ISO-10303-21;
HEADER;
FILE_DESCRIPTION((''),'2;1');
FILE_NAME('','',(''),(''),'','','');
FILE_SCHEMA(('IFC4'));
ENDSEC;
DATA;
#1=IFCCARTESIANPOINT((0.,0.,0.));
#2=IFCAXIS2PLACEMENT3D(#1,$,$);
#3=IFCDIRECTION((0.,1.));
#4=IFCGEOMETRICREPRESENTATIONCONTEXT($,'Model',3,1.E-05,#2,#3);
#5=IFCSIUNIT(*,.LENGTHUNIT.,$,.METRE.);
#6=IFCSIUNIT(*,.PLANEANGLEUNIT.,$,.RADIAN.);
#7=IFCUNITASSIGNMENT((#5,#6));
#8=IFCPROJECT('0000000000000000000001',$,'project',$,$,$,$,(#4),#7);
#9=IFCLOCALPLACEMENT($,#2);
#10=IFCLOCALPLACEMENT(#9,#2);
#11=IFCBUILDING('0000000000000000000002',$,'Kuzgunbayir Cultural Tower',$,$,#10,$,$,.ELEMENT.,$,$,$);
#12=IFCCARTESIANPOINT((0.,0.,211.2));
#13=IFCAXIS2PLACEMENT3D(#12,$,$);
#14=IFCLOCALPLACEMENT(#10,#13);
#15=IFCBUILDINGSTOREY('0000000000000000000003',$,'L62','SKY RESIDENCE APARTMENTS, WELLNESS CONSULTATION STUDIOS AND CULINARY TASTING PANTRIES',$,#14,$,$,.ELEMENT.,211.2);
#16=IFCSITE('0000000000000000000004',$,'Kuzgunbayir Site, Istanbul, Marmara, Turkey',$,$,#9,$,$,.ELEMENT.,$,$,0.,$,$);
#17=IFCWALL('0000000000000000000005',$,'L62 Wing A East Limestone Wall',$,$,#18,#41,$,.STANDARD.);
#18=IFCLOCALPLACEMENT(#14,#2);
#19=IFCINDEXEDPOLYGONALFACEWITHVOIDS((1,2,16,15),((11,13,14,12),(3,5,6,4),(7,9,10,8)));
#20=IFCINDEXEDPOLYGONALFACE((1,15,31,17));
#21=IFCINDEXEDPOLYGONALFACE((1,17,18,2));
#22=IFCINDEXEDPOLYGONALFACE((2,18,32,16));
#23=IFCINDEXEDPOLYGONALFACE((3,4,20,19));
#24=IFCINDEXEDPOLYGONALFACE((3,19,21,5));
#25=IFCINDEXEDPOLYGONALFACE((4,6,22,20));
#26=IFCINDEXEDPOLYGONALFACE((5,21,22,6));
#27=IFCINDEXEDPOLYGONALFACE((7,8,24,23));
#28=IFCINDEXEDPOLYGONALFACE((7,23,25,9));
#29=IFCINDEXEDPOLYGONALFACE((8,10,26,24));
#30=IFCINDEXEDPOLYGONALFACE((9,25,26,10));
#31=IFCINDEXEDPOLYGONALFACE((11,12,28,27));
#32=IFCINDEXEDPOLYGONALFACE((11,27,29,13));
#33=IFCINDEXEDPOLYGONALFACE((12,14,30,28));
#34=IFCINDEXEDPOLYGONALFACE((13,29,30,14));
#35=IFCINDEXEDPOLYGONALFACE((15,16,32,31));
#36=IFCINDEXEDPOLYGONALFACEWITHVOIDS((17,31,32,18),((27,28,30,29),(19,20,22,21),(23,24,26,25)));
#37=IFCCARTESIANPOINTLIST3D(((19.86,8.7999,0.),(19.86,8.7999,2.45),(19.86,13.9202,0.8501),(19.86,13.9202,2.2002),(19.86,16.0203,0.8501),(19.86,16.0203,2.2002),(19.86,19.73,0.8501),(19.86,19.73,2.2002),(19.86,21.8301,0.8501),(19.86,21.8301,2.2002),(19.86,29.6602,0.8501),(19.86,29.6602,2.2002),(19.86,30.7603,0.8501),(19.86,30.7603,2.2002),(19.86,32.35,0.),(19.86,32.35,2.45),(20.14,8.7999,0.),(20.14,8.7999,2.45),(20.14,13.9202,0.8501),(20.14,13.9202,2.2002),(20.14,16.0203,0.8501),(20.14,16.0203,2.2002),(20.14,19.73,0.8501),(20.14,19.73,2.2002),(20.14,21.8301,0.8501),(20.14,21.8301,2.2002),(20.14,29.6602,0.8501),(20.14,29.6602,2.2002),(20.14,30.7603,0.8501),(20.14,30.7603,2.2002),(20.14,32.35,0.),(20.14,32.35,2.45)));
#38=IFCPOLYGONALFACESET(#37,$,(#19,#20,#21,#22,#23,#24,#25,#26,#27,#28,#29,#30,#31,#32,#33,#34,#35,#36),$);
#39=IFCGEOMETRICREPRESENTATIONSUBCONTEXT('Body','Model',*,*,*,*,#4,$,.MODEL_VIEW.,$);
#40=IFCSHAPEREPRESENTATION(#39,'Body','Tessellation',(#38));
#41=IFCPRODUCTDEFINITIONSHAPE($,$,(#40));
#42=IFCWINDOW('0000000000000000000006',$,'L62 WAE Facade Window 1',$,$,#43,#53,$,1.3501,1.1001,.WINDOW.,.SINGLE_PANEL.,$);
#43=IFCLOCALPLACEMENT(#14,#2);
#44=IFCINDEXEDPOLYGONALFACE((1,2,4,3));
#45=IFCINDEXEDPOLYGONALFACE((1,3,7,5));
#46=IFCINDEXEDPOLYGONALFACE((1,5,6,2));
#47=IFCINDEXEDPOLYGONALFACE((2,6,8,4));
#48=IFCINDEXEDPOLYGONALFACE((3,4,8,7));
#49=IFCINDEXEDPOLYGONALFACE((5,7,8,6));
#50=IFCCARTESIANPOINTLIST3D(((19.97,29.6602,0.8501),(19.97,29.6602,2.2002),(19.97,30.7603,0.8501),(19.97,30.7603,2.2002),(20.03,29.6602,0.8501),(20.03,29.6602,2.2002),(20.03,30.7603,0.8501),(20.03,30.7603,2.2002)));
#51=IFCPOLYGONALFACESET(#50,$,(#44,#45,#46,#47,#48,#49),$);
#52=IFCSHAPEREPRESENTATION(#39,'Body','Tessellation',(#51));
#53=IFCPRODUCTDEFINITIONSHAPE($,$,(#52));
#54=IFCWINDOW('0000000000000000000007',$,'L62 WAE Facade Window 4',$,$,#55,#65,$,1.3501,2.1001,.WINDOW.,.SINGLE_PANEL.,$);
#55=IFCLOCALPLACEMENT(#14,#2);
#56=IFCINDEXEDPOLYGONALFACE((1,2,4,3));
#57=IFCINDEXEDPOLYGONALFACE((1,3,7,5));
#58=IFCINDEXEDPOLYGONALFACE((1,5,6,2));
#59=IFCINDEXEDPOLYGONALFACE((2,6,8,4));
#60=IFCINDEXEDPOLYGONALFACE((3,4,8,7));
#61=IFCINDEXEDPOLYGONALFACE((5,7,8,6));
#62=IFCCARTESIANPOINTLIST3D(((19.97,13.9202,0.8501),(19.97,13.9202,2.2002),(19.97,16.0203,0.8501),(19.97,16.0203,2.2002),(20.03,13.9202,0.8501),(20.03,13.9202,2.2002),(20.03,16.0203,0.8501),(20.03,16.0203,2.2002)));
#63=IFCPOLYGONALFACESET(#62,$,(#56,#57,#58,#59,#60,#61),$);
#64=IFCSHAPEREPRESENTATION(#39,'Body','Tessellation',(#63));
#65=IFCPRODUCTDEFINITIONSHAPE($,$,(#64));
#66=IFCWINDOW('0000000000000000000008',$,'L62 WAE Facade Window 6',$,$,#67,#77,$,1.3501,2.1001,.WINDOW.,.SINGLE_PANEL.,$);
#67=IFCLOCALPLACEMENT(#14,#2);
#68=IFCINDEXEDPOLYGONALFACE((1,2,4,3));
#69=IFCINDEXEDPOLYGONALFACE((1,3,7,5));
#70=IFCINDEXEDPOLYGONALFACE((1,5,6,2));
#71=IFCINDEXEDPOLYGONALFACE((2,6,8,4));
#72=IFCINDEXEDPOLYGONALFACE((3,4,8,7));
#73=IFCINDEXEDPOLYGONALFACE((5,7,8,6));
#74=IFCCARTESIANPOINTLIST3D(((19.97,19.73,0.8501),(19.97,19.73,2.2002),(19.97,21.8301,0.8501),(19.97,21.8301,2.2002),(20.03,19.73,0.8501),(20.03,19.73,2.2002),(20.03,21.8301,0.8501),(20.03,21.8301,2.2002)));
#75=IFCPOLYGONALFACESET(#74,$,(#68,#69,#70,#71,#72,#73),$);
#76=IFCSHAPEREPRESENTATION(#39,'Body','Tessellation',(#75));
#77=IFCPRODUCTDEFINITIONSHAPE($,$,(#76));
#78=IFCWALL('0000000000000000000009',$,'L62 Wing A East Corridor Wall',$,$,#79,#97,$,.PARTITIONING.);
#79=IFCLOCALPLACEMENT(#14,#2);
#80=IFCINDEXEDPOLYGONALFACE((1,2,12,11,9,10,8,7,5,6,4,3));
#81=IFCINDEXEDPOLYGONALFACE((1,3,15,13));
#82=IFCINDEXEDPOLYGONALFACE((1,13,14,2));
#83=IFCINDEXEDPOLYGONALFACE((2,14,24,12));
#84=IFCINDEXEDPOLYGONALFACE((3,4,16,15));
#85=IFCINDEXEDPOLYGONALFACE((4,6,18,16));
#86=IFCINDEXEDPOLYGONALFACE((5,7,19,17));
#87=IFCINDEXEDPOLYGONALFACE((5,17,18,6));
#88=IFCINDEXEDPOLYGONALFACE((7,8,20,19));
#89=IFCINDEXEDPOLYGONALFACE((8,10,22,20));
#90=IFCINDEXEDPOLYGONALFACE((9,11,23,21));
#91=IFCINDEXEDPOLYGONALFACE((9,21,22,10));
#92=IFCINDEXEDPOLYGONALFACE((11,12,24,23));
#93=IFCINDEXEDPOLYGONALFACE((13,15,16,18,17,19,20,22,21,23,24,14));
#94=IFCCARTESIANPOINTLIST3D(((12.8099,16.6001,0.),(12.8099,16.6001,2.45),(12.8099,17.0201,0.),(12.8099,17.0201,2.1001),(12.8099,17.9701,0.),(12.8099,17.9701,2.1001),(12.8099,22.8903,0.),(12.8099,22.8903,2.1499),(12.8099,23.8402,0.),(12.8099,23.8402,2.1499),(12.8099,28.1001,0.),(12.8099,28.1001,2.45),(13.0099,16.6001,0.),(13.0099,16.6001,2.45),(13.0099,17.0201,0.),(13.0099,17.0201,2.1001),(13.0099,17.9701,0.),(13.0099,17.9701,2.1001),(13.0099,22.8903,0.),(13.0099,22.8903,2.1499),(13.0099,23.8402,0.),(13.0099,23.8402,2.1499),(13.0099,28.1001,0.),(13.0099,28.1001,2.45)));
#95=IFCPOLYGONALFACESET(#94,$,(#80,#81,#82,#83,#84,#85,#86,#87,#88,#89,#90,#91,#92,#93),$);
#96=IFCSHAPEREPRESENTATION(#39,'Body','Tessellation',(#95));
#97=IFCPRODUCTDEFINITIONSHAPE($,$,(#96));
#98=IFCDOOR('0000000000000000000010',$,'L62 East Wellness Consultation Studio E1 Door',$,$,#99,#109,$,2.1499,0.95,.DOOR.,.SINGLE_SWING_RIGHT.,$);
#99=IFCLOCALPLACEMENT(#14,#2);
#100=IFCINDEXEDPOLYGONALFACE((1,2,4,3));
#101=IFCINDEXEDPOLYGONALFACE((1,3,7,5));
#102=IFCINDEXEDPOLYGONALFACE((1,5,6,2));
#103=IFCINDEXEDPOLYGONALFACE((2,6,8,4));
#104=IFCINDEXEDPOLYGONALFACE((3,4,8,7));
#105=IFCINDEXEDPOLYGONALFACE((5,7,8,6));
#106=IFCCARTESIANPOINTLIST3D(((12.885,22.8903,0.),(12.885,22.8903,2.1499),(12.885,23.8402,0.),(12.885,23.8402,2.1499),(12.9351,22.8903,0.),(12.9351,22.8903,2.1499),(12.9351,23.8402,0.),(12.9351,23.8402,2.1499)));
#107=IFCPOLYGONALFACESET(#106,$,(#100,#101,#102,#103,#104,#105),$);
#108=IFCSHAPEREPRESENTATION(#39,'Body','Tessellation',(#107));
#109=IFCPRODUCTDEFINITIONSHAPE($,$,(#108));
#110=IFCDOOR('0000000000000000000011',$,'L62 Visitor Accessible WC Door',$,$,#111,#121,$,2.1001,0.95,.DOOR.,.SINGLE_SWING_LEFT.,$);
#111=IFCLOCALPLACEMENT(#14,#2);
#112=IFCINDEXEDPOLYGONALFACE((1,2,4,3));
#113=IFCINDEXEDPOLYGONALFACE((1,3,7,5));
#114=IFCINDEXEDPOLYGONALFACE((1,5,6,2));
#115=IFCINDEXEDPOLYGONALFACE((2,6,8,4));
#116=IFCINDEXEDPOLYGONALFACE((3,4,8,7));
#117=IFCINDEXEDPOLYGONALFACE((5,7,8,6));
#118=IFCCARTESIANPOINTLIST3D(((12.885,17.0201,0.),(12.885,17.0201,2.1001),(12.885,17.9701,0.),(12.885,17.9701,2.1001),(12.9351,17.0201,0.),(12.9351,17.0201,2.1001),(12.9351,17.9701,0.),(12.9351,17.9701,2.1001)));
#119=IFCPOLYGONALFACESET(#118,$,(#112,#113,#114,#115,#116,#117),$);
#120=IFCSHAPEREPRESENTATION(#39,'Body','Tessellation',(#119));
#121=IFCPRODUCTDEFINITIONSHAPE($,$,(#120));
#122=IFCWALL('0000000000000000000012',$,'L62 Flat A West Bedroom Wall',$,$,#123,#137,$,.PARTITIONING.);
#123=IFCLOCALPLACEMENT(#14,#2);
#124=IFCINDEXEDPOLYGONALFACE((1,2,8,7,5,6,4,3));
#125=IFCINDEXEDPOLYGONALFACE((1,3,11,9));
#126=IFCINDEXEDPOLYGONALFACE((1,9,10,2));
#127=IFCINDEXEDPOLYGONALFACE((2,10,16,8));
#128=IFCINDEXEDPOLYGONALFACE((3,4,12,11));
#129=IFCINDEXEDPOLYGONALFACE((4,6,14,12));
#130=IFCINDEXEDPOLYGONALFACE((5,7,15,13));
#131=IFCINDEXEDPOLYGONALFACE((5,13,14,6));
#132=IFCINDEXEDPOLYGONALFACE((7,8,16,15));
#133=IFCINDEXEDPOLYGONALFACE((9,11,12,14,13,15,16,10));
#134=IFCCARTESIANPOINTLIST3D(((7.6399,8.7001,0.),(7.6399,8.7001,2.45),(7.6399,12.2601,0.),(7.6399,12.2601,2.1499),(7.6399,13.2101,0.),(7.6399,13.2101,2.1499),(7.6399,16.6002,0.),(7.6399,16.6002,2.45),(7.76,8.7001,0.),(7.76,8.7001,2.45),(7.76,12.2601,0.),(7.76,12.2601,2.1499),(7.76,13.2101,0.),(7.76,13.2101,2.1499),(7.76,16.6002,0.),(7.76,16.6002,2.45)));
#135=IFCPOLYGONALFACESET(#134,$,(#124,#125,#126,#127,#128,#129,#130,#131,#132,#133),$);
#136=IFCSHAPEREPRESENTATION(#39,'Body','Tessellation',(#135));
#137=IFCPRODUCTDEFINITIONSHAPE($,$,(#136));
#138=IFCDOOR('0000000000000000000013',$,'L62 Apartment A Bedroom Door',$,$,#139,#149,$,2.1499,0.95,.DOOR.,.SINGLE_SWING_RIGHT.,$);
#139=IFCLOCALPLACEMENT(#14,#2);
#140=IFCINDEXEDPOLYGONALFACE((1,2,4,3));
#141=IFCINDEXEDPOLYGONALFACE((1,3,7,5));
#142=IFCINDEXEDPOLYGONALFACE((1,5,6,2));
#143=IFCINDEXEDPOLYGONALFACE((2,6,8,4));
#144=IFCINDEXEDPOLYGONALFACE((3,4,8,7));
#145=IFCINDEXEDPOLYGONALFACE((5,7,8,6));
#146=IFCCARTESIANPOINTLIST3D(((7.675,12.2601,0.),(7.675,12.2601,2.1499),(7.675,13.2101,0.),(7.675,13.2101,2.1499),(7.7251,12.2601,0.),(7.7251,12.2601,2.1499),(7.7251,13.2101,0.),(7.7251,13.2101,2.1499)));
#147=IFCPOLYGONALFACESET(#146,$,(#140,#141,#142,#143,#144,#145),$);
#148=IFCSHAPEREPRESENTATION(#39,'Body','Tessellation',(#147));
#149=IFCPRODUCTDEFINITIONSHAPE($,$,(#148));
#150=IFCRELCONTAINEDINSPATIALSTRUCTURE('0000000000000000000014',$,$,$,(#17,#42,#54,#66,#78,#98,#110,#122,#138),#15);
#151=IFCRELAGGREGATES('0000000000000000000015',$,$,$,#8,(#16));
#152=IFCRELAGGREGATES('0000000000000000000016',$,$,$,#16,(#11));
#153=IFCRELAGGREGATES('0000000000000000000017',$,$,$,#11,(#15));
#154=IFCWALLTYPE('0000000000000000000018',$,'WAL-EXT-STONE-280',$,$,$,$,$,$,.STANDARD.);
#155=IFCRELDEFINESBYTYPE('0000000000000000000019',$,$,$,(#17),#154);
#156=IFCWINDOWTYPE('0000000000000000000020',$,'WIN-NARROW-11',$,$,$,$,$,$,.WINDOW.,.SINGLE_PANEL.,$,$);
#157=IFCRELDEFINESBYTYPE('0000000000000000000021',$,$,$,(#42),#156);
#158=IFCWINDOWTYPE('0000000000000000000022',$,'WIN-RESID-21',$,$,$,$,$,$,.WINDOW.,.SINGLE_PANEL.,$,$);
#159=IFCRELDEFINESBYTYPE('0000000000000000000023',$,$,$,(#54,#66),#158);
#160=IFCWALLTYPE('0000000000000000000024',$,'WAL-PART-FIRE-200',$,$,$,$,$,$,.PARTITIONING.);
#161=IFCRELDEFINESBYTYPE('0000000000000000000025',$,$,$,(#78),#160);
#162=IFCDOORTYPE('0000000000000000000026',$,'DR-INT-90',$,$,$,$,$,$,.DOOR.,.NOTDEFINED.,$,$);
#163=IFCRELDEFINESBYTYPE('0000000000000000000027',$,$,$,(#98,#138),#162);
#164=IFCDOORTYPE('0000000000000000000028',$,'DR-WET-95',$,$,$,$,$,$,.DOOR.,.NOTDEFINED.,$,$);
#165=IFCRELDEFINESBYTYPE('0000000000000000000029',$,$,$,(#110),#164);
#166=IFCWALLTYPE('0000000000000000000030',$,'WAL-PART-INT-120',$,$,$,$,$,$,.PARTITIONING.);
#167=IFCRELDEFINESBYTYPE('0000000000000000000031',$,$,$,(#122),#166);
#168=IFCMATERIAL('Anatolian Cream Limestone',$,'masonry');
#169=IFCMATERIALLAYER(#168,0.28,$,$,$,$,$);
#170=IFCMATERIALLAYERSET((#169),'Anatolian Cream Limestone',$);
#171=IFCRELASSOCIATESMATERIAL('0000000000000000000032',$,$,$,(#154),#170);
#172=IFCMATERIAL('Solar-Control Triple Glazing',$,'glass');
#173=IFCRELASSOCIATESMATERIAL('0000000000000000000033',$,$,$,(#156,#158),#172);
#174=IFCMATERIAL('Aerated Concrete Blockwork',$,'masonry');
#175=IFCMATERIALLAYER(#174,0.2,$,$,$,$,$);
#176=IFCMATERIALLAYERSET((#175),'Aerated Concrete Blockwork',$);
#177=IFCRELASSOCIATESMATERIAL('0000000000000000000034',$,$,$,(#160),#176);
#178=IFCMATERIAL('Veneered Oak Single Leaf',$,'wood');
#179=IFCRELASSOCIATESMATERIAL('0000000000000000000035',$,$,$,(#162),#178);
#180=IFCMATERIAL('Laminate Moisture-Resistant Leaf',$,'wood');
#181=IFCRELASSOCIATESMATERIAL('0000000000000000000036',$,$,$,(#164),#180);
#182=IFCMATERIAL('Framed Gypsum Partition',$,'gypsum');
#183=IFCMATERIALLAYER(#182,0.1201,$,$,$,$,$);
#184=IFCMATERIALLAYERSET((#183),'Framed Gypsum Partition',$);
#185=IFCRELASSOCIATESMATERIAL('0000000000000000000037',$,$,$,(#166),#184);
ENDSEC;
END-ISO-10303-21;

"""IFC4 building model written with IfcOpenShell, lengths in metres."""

from ifc_helpers import new_model, si_unit, direction, frame, frame_2d, origin, place, context, subcontext, project, spatial, rectangle, extrude, material, layer, layer_set, type_object, element, fill, save


model = new_model("IFC4")

# Units and contexts
model_context = context("Model", 3, precision=1e-05, world=origin(), true_north=direction((0.0, 1.0)))
body_context = subcontext(model_context, "Body", "Model", "MODEL_VIEW")
ifc_project = project(units=[si_unit("LENGTHUNIT", "METRE"), si_unit("PLANEANGLEUNIT", "RADIAN")], contexts=[model_context])

# Site, building, storey
site_placement = place(None, origin())
site = spatial("IfcSite", under=ifc_project, at=site_placement, Name="Kuzgunbayir Site, Istanbul, Marmara, Turkey", CompositionType="ELEMENT", RefElevation=0.0)
building_placement = place(site_placement, origin())
building = spatial("IfcBuilding", under=site, at=building_placement, Name="Kuzgunbayir Cultural Tower", CompositionType="ELEMENT")
storey_placement = place(building_placement, frame((0.0, 0.0, 211.2)))
storey = spatial("IfcBuildingStorey", under=building, at=storey_placement, Name="L62", Description="SKY RESIDENCE APARTMENTS, WELLNESS CONSULTATION STUDIOS AND CULINARY TASTING PANTRIES", CompositionType="ELEMENT", Elevation=211.2)

# Wall, openings, windows
ifc_material_1 = material(Name="Anatolian Cream Limestone", Category="masonry")
ifc_layer_1 = layer(ifc_material_1, 0.28)
ifc_layer_set_1 = layer_set([ifc_layer_1], Name="Anatolian Cream Limestone")
wall_type_1 = type_object("IfcWallType", Name="WAL-EXT-STONE-280", PredefinedType="STANDARD", material=ifc_layer_set_1)
wall_1_placement = place(storey_placement, frame((20.0, 8.8, 0.0), z_axis=(0.0, 0.0, 1.0), x_axis=(0.0, 1.0, 0.0)))
wall_1 = element("IfcWall", 1, at=wall_1_placement, inside=storey, type_object=wall_type_1, Name="L62 Wing A East Limestone Wall", PredefinedType="STANDARD", context=body_context, shape_type="SweptSolid", body=[
    extrude(rectangle(XDim=23.55, YDim=0.28, at=frame_2d((11.7749, 0.0))), origin(), (0.0, 0.0, 1.0), 2.45),
])
opening_1_placement = place(wall_1_placement, frame((20.8601, 0.0, 0.8501)))
opening_1 = element("IfcOpeningElement", 2, at=opening_1_placement, cuts=wall_1, PredefinedType="OPENING", context=body_context, shape_type="SweptSolid", body=[
    extrude(rectangle(XDim=1.1001, YDim=1.3501, at=frame_2d((0.55, 0.675))), frame((0.0, 0.1499, 0.0), z_axis=(0.0, -1.0, 0.0), x_axis=(1.0, 0.0, 0.0)), (0.0, 0.0, 1.0), 0.3),
])
opening_2_placement = place(wall_1_placement, frame((5.1201, 0.0, 0.8501)))
opening_2 = element("IfcOpeningElement", 3, at=opening_2_placement, cuts=wall_1, PredefinedType="OPENING", context=body_context, shape_type="SweptSolid", body=[
    extrude(rectangle(XDim=2.1001, YDim=1.3501, at=frame_2d((1.05, 0.675))), frame((0.0, 0.1499, 0.0), z_axis=(0.0, -1.0, 0.0), x_axis=(1.0, 0.0, 0.0)), (0.0, 0.0, 1.0), 0.3),
])
opening_3_placement = place(wall_1_placement, frame((10.9299, 0.0, 0.8501)))
opening_3 = element("IfcOpeningElement", 4, at=opening_3_placement, cuts=wall_1, PredefinedType="OPENING", context=body_context, shape_type="SweptSolid", body=[
    extrude(rectangle(XDim=2.1001, YDim=1.3501, at=frame_2d((1.05, 0.675))), frame((0.0, 0.1499, 0.0), z_axis=(0.0, -1.0, 0.0), x_axis=(1.0, 0.0, 0.0)), (0.0, 0.0, 1.0), 0.3),
])
ifc_material_2 = material(Name="Solar-Control Triple Glazing", Category="glass")
window_type_1 = type_object("IfcWindowType", Name="WIN-NARROW-11", PartitioningType="SINGLE_PANEL", PredefinedType="WINDOW", material=ifc_material_2)
window_1_placement = place(opening_1_placement, origin())
window_1 = element("IfcWindow", 5, at=window_1_placement, inside=storey, type_object=window_type_1, Name="L62 WAE Facade Window 1", OverallHeight=1.3501, OverallWidth=1.1001, PartitioningType="SINGLE_PANEL", PredefinedType="WINDOW", context=body_context, shape_type="SweptSolid", body=[
    extrude(rectangle(XDim=1.1001, YDim=1.3501, at=frame_2d((0.55, 0.675))), frame((0.0, 0.03, 0.0), z_axis=(0.0, -1.0, 0.0), x_axis=(1.0, 0.0, 0.0)), (0.0, 0.0, 1.0), 0.0601),
])
fill(opening_1, window_1)
window_type_2 = type_object("IfcWindowType", Name="WIN-RESID-21", PartitioningType="SINGLE_PANEL", PredefinedType="WINDOW", material=ifc_material_2)
window_2_placement = place(opening_2_placement, origin())
window_2 = element("IfcWindow", 6, at=window_2_placement, inside=storey, type_object=window_type_2, Name="L62 WAE Facade Window 4", OverallHeight=1.3501, OverallWidth=2.1001, PartitioningType="SINGLE_PANEL", PredefinedType="WINDOW", context=body_context, shape_type="SweptSolid", body=[
    extrude(rectangle(XDim=2.1001, YDim=1.3501, at=frame_2d((1.05, 0.675))), frame((0.0, 0.03, 0.0), z_axis=(0.0, -1.0, 0.0), x_axis=(1.0, 0.0, 0.0)), (0.0, 0.0, 1.0), 0.0601),
])
fill(opening_2, window_2)
window_3_placement = place(opening_3_placement, origin())
window_3 = element("IfcWindow", 7, at=window_3_placement, inside=storey, type_object=window_type_2, Name="L62 WAE Facade Window 6", OverallHeight=1.3501, OverallWidth=2.1001, PartitioningType="SINGLE_PANEL", PredefinedType="WINDOW", context=body_context, shape_type="SweptSolid", body=[
    extrude(rectangle(XDim=2.1001, YDim=1.3501, at=frame_2d((1.05, 0.675))), frame((0.0, 0.03, 0.0), z_axis=(0.0, -1.0, 0.0), x_axis=(1.0, 0.0, 0.0)), (0.0, 0.0, 1.0), 0.0601),
])
fill(opening_3, window_3)

# Wall, openings, doors
ifc_material_3 = material(Name="Aerated Concrete Blockwork", Category="masonry")
ifc_layer_2 = layer(ifc_material_3, 0.2)
ifc_layer_set_2 = layer_set([ifc_layer_2], Name="Aerated Concrete Blockwork")
wall_type_2 = type_object("IfcWallType", Name="WAL-PART-FIRE-200", PredefinedType="PARTITIONING", material=ifc_layer_set_2)
ifc_material_4 = material(Name="Veneered Oak Single Leaf", Category="wood")
door_type_1 = type_object("IfcDoorType", Name="DR-INT-90", OperationType="NOTDEFINED", PredefinedType="DOOR", material=ifc_material_4)
wall_2_placement = place(storey_placement, frame((12.9099, 16.6001, 0.0), z_axis=(0.0, 0.0, 1.0), x_axis=(0.0, 1.0, 0.0)))
wall_2 = element("IfcWall", 8, at=wall_2_placement, inside=storey, type_object=wall_type_2, Name="L62 Wing A East Corridor Wall", PredefinedType="PARTITIONING", context=body_context, shape_type="SweptSolid", body=[
    extrude(rectangle(XDim=11.5, YDim=0.2, at=frame_2d((5.75, 0.0))), origin(), (0.0, 0.0, 1.0), 2.45),
])
opening_4_placement = place(wall_2_placement, frame((0.4199, 0.0, 0.0)))
opening_4 = element("IfcOpeningElement", 9, at=opening_4_placement, cuts=wall_2, PredefinedType="OPENING", context=body_context, shape_type="SweptSolid", body=[
    extrude(rectangle(XDim=0.95, YDim=2.1001, at=frame_2d((0.4751, 1.05))), frame((0.0, 0.1099, 0.0), z_axis=(0.0, -1.0, 0.0), x_axis=(1.0, 0.0, 0.0)), (0.0, 0.0, 1.0), 0.22),
])
opening_5_placement = place(wall_2_placement, frame((6.29, 0.0, 0.0)))
opening_5 = element("IfcOpeningElement", 10, at=opening_5_placement, cuts=wall_2, PredefinedType="OPENING", context=body_context, shape_type="SweptSolid", body=[
    extrude(rectangle(XDim=0.95, YDim=2.1499, at=frame_2d((0.4751, 1.075))), frame((0.0, 0.1099, 0.0), z_axis=(0.0, -1.0, 0.0), x_axis=(1.0, 0.0, 0.0)), (0.0, 0.0, 1.0), 0.22),
])
door_1_placement = place(opening_5_placement, origin())
door_1 = element("IfcDoor", 11, at=door_1_placement, inside=storey, type_object=door_type_1, Name="L62 East Wellness Consultation Studio E1 Door", OperationType="SINGLE_SWING_RIGHT", OverallHeight=2.1499, OverallWidth=0.95, PredefinedType="DOOR", context=body_context, shape_type="SweptSolid", body=[
    extrude(rectangle(XDim=0.95, YDim=2.1499, at=frame_2d((0.4751, 1.075))), frame((0.0, 0.0249, 0.0), z_axis=(0.0, -1.0, 0.0), x_axis=(1.0, 0.0, 0.0)), (0.0, 0.0, 1.0), 0.05),
])
fill(opening_5, door_1)
ifc_material_5 = material(Name="Laminate Moisture-Resistant Leaf", Category="wood")
door_type_2 = type_object("IfcDoorType", Name="DR-WET-95", OperationType="NOTDEFINED", PredefinedType="DOOR", material=ifc_material_5)
door_2_placement = place(opening_4_placement, origin())
door_2 = element("IfcDoor", 12, at=door_2_placement, inside=storey, type_object=door_type_2, Name="L62 Visitor Accessible WC Door", OperationType="SINGLE_SWING_LEFT", OverallHeight=2.1001, OverallWidth=0.95, PredefinedType="DOOR", context=body_context, shape_type="SweptSolid", body=[
    extrude(rectangle(XDim=0.95, YDim=2.1001, at=frame_2d((0.4751, 1.05))), frame((0.0, 0.0249, 0.0), z_axis=(0.0, -1.0, 0.0), x_axis=(1.0, 0.0, 0.0)), (0.0, 0.0, 1.0), 0.05),
])
fill(opening_4, door_2)

# Wall, opening, door
ifc_material_6 = material(Name="Framed Gypsum Partition", Category="gypsum")
ifc_layer_3 = layer(ifc_material_6, 0.1201)
ifc_layer_set_3 = layer_set([ifc_layer_3], Name="Framed Gypsum Partition")
wall_type_3 = type_object("IfcWallType", Name="WAL-PART-INT-120", PredefinedType="PARTITIONING", material=ifc_layer_set_3)
wall_3_placement = place(storey_placement, frame((7.7, 8.7, 0.0), z_axis=(0.0, 0.0, 1.0), x_axis=(0.0, 1.0, 0.0)))
wall_3 = element("IfcWall", 13, at=wall_3_placement, inside=storey, type_object=wall_type_3, Name="L62 Flat A West Bedroom Wall", PredefinedType="PARTITIONING", context=body_context, shape_type="SweptSolid", body=[
    extrude(rectangle(XDim=7.9001, YDim=0.1201, at=frame_2d((3.9502, 0.0))), origin(), (0.0, 0.0, 1.0), 2.45),
])
opening_6_placement = place(wall_3_placement, frame((3.5601, 0.0, 0.0)))
opening_6 = element("IfcOpeningElement", 14, at=opening_6_placement, cuts=wall_3, PredefinedType="OPENING", context=body_context, shape_type="SweptSolid", body=[
    extrude(rectangle(XDim=0.95, YDim=2.1499, at=frame_2d((0.4751, 1.075))), frame((0.0, 0.0701, 0.0), z_axis=(0.0, -1.0, 0.0), x_axis=(1.0, 0.0, 0.0)), (0.0, 0.0, 1.0), 0.1401),
])
door_3_placement = place(opening_6_placement, origin())
door_3 = element("IfcDoor", 15, at=door_3_placement, inside=storey, type_object=door_type_1, Name="L62 Apartment A Bedroom Door", OperationType="SINGLE_SWING_RIGHT", OverallHeight=2.1499, OverallWidth=0.95, PredefinedType="DOOR", context=body_context, shape_type="SweptSolid", body=[
    extrude(rectangle(XDim=0.95, YDim=2.1499, at=frame_2d((0.4751, 1.075))), frame((0.0, 0.0249, 0.0), z_axis=(0.0, -1.0, 0.0), x_axis=(1.0, 0.0, 0.0)), (0.0, 0.0, 1.0), 0.05),
])
fill(opening_6, door_3)

save(model, "model.ifc")
